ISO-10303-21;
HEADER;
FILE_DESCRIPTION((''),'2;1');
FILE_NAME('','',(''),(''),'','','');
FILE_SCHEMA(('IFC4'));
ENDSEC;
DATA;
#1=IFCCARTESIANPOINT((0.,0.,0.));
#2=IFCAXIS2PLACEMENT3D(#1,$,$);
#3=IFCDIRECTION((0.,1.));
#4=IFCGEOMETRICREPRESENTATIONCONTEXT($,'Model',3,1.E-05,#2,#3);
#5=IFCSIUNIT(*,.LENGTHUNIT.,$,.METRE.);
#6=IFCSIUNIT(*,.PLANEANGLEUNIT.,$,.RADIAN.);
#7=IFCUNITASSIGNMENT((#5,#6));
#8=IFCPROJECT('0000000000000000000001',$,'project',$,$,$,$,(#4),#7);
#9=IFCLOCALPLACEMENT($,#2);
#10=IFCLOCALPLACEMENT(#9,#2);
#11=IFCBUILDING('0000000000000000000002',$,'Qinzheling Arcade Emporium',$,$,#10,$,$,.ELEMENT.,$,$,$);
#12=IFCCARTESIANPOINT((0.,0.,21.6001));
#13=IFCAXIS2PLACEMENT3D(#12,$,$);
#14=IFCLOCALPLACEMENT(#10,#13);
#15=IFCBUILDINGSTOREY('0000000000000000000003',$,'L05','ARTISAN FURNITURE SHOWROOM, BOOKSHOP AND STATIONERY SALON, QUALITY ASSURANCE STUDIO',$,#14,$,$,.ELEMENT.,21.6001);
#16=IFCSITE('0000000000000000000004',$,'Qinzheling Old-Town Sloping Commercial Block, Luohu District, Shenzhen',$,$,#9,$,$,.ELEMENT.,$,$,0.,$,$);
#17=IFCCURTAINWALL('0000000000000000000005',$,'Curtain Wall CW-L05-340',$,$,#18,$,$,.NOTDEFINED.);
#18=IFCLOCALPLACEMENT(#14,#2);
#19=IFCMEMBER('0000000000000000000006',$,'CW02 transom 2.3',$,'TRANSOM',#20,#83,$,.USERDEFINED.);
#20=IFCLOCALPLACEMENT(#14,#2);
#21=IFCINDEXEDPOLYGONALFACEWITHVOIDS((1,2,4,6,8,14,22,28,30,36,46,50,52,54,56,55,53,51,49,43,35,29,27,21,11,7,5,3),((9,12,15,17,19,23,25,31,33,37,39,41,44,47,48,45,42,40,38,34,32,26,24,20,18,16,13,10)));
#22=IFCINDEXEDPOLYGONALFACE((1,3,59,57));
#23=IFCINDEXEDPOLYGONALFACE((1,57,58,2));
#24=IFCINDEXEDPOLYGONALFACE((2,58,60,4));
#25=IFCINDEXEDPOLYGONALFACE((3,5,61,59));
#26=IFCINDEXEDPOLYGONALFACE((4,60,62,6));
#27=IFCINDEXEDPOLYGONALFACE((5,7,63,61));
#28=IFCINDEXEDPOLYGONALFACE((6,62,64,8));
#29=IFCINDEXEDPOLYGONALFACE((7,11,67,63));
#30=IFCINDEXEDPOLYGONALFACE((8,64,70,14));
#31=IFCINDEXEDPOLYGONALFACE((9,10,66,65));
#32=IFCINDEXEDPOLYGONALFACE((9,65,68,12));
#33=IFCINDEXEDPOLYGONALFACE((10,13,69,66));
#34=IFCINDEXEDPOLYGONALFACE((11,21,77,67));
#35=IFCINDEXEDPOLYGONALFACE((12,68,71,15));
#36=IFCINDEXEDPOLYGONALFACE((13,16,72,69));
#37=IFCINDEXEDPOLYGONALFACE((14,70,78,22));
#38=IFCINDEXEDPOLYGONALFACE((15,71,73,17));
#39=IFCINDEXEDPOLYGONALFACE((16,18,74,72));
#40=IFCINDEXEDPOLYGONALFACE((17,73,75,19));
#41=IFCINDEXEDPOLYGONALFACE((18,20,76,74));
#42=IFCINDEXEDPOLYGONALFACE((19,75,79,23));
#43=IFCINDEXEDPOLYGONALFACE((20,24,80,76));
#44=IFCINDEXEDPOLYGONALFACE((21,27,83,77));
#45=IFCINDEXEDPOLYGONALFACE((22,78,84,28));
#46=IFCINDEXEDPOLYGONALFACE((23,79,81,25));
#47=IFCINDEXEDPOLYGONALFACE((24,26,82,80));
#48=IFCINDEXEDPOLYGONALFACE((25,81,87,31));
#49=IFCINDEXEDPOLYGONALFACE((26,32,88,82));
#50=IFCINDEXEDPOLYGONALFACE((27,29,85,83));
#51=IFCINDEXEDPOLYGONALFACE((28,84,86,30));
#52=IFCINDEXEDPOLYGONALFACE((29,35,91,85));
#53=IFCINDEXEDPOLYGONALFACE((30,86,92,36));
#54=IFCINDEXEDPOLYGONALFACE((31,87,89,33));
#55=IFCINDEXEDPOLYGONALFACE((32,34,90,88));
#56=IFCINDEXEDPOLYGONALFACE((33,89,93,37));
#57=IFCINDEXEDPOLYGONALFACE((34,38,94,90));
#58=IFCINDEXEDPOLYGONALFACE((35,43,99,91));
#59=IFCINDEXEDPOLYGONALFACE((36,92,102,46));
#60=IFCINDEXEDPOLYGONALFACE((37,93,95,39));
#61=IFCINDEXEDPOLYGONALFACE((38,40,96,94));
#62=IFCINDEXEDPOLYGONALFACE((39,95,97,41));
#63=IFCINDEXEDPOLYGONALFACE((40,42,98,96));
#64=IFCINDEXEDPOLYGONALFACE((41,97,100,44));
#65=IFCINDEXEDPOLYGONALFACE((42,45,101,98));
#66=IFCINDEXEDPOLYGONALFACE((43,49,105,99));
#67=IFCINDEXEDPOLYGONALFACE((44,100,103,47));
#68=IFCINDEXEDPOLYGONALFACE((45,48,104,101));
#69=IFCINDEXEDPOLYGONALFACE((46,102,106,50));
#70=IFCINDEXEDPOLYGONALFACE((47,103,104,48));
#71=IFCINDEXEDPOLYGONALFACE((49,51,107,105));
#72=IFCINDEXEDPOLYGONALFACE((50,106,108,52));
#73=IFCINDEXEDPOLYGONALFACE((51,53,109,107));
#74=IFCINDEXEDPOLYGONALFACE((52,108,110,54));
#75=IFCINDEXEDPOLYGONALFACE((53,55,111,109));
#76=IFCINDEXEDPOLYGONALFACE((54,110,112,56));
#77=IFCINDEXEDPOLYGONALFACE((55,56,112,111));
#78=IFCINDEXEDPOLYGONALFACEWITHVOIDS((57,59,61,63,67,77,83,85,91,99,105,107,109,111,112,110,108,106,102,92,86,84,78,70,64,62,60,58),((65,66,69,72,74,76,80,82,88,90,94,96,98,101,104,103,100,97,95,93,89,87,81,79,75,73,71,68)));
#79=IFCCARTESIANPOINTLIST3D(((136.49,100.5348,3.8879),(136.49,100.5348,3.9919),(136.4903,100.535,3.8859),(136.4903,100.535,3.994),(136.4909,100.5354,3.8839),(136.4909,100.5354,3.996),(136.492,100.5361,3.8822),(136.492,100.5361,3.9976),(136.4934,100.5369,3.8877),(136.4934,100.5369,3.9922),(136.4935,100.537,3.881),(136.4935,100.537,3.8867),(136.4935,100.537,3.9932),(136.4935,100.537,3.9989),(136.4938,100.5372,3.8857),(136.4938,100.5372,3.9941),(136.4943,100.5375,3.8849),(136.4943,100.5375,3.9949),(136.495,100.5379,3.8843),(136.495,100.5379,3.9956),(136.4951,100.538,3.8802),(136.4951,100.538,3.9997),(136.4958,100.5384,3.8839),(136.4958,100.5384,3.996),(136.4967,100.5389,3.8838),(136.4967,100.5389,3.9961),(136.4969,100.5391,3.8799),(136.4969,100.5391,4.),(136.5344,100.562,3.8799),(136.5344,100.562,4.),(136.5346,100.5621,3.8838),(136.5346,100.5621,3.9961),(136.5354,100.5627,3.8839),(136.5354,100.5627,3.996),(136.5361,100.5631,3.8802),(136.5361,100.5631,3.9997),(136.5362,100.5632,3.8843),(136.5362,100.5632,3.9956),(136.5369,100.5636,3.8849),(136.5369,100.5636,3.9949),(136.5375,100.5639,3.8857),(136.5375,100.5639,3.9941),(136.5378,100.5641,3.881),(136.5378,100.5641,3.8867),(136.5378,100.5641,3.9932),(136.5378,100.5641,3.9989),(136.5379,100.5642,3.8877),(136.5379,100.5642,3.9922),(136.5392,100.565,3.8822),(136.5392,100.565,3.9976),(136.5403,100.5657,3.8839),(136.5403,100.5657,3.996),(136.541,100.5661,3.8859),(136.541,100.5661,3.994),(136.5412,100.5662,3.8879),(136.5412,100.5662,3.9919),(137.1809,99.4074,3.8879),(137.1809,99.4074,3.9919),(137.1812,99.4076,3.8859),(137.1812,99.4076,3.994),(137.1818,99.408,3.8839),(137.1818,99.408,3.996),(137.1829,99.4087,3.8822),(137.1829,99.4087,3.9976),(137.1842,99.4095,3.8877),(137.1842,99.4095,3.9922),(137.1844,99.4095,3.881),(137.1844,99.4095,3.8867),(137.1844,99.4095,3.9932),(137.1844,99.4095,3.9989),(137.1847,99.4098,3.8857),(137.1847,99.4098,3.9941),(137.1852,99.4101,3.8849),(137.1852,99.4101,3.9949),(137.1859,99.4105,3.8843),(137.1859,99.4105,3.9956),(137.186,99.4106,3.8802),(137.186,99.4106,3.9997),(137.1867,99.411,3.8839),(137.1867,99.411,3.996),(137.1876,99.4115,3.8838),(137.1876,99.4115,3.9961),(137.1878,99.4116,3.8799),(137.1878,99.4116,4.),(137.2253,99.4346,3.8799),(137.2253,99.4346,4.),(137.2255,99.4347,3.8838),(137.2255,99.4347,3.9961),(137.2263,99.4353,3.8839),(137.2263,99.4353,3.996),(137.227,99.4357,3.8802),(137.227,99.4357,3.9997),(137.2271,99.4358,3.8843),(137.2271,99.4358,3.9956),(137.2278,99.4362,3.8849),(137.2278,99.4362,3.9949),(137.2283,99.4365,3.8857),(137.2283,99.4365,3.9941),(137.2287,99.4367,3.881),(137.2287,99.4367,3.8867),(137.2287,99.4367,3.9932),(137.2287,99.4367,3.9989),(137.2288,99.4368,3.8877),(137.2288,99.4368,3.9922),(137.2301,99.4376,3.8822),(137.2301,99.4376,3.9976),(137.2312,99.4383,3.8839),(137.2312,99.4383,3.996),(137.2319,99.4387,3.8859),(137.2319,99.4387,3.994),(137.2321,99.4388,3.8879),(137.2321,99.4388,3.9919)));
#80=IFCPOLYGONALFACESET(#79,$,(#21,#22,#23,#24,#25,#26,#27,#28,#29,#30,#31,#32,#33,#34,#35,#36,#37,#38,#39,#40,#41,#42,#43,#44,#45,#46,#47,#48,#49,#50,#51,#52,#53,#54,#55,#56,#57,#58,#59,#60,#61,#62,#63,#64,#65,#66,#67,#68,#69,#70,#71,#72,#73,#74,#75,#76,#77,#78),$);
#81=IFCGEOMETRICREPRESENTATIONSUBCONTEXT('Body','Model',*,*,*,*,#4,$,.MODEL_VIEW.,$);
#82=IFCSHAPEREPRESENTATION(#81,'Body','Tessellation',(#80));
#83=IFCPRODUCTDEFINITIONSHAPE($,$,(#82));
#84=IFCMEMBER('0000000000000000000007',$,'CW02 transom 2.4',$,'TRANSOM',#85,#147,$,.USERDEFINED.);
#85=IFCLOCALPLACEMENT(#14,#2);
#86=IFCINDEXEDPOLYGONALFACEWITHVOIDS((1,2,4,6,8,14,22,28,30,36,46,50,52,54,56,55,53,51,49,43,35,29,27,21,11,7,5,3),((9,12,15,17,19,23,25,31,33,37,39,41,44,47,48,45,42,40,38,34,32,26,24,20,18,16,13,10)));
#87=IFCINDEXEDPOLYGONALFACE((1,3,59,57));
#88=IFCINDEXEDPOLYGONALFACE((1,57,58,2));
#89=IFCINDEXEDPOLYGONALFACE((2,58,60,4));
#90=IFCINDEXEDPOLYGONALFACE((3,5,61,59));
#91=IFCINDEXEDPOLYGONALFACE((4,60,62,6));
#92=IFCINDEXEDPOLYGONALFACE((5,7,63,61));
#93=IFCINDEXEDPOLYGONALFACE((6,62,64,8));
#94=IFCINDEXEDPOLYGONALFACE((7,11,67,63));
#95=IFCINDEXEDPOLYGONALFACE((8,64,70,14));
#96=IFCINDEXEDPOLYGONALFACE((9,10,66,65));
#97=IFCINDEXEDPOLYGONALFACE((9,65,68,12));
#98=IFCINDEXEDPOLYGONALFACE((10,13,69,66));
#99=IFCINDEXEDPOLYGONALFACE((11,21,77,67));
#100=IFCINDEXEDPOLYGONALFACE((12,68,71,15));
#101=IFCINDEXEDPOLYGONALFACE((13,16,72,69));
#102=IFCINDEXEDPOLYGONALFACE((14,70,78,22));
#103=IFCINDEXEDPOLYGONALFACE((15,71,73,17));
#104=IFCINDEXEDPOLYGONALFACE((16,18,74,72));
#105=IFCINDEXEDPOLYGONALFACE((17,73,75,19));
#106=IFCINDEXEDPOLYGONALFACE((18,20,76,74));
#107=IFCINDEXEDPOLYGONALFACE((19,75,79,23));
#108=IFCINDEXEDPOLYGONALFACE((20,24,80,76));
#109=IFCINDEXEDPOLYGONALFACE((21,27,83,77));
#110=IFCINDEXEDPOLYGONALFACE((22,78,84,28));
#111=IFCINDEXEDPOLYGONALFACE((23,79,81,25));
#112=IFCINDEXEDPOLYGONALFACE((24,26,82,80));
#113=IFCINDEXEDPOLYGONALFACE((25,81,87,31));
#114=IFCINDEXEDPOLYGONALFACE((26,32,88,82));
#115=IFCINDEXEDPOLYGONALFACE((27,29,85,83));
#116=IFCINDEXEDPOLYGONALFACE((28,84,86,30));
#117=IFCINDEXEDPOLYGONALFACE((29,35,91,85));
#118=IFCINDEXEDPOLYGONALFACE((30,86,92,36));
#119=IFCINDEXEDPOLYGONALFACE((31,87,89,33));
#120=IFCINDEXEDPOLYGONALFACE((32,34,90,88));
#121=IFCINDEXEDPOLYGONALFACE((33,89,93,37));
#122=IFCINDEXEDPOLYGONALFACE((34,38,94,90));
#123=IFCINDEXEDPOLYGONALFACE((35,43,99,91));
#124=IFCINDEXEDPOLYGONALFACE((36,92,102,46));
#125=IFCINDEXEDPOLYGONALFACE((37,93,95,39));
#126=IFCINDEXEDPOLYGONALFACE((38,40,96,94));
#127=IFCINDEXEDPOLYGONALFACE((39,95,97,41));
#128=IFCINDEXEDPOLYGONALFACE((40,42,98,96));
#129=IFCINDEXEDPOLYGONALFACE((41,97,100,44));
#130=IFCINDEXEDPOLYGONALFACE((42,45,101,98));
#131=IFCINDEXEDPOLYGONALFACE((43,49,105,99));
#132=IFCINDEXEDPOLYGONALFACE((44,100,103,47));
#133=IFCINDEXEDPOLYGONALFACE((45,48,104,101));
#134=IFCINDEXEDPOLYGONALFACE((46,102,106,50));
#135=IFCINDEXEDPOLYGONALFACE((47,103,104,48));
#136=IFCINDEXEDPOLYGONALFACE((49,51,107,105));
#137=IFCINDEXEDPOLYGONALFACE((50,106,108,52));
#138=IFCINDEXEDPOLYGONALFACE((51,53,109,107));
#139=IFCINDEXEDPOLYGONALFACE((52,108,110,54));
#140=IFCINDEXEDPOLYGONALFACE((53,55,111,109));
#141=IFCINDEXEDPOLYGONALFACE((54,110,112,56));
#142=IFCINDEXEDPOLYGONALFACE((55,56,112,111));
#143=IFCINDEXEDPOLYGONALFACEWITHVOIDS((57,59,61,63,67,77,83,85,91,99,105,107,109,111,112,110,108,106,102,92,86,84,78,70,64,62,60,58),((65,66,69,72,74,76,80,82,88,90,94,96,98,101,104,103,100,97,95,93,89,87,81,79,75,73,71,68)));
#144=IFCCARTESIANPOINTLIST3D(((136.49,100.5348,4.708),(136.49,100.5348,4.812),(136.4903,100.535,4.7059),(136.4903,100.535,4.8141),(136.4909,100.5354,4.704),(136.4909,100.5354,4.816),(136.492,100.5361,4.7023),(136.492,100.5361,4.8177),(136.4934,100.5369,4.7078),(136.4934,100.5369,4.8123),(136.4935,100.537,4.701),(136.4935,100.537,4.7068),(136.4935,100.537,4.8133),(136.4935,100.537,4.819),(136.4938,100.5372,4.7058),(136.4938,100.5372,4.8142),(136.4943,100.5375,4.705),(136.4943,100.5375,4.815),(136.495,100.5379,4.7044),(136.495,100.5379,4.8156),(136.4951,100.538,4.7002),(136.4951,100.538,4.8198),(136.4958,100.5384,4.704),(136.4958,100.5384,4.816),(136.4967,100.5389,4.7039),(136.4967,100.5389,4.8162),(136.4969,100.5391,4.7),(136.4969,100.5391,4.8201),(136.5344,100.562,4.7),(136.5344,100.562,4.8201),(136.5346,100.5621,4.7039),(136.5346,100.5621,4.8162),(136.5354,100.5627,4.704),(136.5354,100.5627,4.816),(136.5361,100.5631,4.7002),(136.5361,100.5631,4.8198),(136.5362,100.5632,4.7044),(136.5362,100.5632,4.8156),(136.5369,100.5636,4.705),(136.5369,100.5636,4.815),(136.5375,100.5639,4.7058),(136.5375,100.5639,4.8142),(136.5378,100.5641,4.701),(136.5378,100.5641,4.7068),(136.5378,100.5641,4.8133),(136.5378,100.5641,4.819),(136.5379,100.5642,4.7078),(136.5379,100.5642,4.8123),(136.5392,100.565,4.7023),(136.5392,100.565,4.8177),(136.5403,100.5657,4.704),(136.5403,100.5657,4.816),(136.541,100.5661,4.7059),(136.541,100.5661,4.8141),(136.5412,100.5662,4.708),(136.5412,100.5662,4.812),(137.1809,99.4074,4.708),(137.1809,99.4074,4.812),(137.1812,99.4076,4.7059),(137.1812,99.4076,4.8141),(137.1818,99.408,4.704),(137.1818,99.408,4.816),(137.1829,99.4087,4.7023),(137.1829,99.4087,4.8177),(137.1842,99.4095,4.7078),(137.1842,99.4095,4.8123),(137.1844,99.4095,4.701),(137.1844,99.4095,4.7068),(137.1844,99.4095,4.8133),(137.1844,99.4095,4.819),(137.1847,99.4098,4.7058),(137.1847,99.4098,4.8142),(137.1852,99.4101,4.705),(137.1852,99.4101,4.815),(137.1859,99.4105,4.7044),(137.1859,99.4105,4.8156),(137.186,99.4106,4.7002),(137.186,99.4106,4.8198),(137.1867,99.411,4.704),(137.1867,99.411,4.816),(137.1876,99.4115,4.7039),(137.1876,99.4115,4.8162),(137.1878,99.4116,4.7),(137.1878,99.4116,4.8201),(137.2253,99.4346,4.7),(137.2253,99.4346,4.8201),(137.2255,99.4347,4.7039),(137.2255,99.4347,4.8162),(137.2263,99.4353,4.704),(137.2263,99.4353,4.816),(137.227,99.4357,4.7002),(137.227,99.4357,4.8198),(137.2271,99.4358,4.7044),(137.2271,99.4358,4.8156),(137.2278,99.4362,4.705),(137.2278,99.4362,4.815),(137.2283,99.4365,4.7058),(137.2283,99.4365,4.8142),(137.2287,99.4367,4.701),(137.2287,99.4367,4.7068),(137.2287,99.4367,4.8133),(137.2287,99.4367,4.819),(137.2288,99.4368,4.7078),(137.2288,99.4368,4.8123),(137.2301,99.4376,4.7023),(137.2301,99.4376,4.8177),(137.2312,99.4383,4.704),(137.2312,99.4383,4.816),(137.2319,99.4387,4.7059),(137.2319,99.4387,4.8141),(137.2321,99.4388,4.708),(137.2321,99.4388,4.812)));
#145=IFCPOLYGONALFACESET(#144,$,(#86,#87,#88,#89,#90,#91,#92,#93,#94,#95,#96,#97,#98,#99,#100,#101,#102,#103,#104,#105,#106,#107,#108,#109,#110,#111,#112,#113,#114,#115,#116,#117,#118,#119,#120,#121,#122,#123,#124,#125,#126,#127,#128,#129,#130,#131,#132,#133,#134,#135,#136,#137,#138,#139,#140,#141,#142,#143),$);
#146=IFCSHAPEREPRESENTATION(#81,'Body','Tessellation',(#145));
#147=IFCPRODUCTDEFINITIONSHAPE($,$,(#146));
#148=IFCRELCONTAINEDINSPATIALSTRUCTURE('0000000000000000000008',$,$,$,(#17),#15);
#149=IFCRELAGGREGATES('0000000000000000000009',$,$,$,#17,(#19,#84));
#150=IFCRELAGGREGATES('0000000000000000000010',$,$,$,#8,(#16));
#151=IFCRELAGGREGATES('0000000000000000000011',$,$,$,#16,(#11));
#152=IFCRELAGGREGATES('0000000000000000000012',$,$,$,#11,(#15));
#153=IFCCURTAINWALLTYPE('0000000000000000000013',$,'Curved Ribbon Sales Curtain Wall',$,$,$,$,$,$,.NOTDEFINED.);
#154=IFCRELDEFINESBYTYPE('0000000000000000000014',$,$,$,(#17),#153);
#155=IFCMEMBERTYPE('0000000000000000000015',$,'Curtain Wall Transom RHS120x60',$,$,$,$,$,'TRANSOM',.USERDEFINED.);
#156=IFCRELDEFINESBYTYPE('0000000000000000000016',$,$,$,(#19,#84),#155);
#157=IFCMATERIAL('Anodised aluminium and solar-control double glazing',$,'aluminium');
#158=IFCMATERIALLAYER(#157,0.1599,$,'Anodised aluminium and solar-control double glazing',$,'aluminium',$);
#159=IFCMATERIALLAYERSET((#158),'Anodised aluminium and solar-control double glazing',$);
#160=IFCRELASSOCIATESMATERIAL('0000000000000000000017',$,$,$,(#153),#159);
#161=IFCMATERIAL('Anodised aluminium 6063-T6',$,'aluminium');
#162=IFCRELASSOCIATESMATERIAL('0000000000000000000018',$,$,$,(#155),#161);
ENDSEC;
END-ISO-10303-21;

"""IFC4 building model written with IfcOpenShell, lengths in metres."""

from ifc_helpers import new_model, si_unit, direction, frame, origin, origin_2d, place, context, subcontext, project, spatial, hollow_rectangle, extrude, material, layer, layer_set, material_profile, profile_set, type_object, element, aggregate, save


model = new_model("IFC4")

# Units and contexts
model_context = context("Model", 3, precision=1e-05, world=origin(), true_north=direction((0.0, 1.0)))
body_context = subcontext(model_context, "Body", "Model", "MODEL_VIEW")
ifc_project = project(units=[si_unit("LENGTHUNIT", "METRE"), si_unit("PLANEANGLEUNIT", "RADIAN")], contexts=[model_context])

# Site, building, storey
site_placement = place(None, origin())
site = spatial("IfcSite", under=ifc_project, at=site_placement, Name="Qinzheling Old-Town Sloping Commercial Block, Luohu District, Shenzhen", CompositionType="ELEMENT", RefElevation=0.0)
building_placement = place(site_placement, origin())
building = spatial("IfcBuilding", under=site, at=building_placement, Name="Qinzheling Arcade Emporium", CompositionType="ELEMENT")
storey_placement = place(building_placement, frame((0.0, 0.0, 21.6001)))
storey = spatial("IfcBuildingStorey", under=building, at=storey_placement, Name="L05", Description="ARTISAN FURNITURE SHOWROOM, BOOKSHOP AND STATIONERY SALON, QUALITY ASSURANCE STUDIO", CompositionType="ELEMENT", Elevation=21.6001)

# Shared definitions
ifc_material_1 = material(Name="Anodised aluminium and solar-control double glazing", Category="aluminium")
ifc_layer_1 = layer(ifc_material_1, 0.1599, Name="Anodised aluminium and solar-control double glazing", Category="aluminium")
ifc_layer_set_1 = layer_set([ifc_layer_1], Name="Anodised aluminium and solar-control double glazing")
curtain_wall_type = type_object("IfcCurtainWallType", Name="Curved Ribbon Sales Curtain Wall", PredefinedType="NOTDEFINED", material=ifc_layer_set_1)
ifc_material_2 = material(Name="Anodised aluminium 6063-T6", Category="aluminium")

# Curtain wall
curtain_wall_1_placement = place(storey_placement, origin())
curtain_wall_1 = element("IfcCurtainWall", 1, at=curtain_wall_1_placement, inside=storey, type_object=curtain_wall_type, Name="Curtain Wall CW-L05-340", PredefinedType="NOTDEFINED")

# Members
ifc_material_profile_1 = material_profile(ifc_material_2, hollow_rectangle(XDim=0.0601, YDim=0.1201, WallThickness=0.0039, InnerFilletRadius=0.0039, OuterFilletRadius=0.0081, at=origin_2d()), Name="RHS 120x60x4", Category="aluminium")
ifc_profile_set_1 = profile_set([ifc_material_profile_1], Name="Anodised aluminium 6063-T6")
member_type_1 = type_object("IfcMemberType", Name="Curtain Wall Transom RHS120x60", ElementType="TRANSOM", PredefinedType="USERDEFINED", material=ifc_profile_set_1)
member_1_placement = place(storey_placement, frame((136.5156, 100.5505, 3.9399), z_axis=(0.52251, -0.852633, 0.0), x_axis=(0.852633, 0.52251, 0.0)))
member_1 = element("IfcMember", 2, at=member_1_placement, type_object=member_type_1, Name="CW02 transom 2.3", ObjectType="TRANSOM", PredefinedType="USERDEFINED", context=body_context, shape_type="SweptSolid", body=[
    extrude(hollow_rectangle(XDim=0.0601, YDim=0.1201, WallThickness=0.0039, InnerFilletRadius=0.0039, OuterFilletRadius=0.0081, at=origin_2d()), origin(), (0.0, 0.0, 1.0), 1.3223),
])
member_2_placement = place(storey_placement, frame((136.5156, 100.5505, 4.76), z_axis=(0.52251, -0.852633, 0.0), x_axis=(0.852633, 0.52251, 0.0)))
member_2 = element("IfcMember", 3, at=member_2_placement, type_object=member_type_1, Name="CW02 transom 2.4", ObjectType="TRANSOM", PredefinedType="USERDEFINED", context=body_context, shape_type="SweptSolid", body=[
    extrude(hollow_rectangle(XDim=0.0601, YDim=0.1201, WallThickness=0.0039, InnerFilletRadius=0.0039, OuterFilletRadius=0.0081, at=origin_2d()), origin(), (0.0, 0.0, 1.0), 1.3223),
])

aggregate(curtain_wall_1, [member_1, member_2])

save(model, "model.ifc")
